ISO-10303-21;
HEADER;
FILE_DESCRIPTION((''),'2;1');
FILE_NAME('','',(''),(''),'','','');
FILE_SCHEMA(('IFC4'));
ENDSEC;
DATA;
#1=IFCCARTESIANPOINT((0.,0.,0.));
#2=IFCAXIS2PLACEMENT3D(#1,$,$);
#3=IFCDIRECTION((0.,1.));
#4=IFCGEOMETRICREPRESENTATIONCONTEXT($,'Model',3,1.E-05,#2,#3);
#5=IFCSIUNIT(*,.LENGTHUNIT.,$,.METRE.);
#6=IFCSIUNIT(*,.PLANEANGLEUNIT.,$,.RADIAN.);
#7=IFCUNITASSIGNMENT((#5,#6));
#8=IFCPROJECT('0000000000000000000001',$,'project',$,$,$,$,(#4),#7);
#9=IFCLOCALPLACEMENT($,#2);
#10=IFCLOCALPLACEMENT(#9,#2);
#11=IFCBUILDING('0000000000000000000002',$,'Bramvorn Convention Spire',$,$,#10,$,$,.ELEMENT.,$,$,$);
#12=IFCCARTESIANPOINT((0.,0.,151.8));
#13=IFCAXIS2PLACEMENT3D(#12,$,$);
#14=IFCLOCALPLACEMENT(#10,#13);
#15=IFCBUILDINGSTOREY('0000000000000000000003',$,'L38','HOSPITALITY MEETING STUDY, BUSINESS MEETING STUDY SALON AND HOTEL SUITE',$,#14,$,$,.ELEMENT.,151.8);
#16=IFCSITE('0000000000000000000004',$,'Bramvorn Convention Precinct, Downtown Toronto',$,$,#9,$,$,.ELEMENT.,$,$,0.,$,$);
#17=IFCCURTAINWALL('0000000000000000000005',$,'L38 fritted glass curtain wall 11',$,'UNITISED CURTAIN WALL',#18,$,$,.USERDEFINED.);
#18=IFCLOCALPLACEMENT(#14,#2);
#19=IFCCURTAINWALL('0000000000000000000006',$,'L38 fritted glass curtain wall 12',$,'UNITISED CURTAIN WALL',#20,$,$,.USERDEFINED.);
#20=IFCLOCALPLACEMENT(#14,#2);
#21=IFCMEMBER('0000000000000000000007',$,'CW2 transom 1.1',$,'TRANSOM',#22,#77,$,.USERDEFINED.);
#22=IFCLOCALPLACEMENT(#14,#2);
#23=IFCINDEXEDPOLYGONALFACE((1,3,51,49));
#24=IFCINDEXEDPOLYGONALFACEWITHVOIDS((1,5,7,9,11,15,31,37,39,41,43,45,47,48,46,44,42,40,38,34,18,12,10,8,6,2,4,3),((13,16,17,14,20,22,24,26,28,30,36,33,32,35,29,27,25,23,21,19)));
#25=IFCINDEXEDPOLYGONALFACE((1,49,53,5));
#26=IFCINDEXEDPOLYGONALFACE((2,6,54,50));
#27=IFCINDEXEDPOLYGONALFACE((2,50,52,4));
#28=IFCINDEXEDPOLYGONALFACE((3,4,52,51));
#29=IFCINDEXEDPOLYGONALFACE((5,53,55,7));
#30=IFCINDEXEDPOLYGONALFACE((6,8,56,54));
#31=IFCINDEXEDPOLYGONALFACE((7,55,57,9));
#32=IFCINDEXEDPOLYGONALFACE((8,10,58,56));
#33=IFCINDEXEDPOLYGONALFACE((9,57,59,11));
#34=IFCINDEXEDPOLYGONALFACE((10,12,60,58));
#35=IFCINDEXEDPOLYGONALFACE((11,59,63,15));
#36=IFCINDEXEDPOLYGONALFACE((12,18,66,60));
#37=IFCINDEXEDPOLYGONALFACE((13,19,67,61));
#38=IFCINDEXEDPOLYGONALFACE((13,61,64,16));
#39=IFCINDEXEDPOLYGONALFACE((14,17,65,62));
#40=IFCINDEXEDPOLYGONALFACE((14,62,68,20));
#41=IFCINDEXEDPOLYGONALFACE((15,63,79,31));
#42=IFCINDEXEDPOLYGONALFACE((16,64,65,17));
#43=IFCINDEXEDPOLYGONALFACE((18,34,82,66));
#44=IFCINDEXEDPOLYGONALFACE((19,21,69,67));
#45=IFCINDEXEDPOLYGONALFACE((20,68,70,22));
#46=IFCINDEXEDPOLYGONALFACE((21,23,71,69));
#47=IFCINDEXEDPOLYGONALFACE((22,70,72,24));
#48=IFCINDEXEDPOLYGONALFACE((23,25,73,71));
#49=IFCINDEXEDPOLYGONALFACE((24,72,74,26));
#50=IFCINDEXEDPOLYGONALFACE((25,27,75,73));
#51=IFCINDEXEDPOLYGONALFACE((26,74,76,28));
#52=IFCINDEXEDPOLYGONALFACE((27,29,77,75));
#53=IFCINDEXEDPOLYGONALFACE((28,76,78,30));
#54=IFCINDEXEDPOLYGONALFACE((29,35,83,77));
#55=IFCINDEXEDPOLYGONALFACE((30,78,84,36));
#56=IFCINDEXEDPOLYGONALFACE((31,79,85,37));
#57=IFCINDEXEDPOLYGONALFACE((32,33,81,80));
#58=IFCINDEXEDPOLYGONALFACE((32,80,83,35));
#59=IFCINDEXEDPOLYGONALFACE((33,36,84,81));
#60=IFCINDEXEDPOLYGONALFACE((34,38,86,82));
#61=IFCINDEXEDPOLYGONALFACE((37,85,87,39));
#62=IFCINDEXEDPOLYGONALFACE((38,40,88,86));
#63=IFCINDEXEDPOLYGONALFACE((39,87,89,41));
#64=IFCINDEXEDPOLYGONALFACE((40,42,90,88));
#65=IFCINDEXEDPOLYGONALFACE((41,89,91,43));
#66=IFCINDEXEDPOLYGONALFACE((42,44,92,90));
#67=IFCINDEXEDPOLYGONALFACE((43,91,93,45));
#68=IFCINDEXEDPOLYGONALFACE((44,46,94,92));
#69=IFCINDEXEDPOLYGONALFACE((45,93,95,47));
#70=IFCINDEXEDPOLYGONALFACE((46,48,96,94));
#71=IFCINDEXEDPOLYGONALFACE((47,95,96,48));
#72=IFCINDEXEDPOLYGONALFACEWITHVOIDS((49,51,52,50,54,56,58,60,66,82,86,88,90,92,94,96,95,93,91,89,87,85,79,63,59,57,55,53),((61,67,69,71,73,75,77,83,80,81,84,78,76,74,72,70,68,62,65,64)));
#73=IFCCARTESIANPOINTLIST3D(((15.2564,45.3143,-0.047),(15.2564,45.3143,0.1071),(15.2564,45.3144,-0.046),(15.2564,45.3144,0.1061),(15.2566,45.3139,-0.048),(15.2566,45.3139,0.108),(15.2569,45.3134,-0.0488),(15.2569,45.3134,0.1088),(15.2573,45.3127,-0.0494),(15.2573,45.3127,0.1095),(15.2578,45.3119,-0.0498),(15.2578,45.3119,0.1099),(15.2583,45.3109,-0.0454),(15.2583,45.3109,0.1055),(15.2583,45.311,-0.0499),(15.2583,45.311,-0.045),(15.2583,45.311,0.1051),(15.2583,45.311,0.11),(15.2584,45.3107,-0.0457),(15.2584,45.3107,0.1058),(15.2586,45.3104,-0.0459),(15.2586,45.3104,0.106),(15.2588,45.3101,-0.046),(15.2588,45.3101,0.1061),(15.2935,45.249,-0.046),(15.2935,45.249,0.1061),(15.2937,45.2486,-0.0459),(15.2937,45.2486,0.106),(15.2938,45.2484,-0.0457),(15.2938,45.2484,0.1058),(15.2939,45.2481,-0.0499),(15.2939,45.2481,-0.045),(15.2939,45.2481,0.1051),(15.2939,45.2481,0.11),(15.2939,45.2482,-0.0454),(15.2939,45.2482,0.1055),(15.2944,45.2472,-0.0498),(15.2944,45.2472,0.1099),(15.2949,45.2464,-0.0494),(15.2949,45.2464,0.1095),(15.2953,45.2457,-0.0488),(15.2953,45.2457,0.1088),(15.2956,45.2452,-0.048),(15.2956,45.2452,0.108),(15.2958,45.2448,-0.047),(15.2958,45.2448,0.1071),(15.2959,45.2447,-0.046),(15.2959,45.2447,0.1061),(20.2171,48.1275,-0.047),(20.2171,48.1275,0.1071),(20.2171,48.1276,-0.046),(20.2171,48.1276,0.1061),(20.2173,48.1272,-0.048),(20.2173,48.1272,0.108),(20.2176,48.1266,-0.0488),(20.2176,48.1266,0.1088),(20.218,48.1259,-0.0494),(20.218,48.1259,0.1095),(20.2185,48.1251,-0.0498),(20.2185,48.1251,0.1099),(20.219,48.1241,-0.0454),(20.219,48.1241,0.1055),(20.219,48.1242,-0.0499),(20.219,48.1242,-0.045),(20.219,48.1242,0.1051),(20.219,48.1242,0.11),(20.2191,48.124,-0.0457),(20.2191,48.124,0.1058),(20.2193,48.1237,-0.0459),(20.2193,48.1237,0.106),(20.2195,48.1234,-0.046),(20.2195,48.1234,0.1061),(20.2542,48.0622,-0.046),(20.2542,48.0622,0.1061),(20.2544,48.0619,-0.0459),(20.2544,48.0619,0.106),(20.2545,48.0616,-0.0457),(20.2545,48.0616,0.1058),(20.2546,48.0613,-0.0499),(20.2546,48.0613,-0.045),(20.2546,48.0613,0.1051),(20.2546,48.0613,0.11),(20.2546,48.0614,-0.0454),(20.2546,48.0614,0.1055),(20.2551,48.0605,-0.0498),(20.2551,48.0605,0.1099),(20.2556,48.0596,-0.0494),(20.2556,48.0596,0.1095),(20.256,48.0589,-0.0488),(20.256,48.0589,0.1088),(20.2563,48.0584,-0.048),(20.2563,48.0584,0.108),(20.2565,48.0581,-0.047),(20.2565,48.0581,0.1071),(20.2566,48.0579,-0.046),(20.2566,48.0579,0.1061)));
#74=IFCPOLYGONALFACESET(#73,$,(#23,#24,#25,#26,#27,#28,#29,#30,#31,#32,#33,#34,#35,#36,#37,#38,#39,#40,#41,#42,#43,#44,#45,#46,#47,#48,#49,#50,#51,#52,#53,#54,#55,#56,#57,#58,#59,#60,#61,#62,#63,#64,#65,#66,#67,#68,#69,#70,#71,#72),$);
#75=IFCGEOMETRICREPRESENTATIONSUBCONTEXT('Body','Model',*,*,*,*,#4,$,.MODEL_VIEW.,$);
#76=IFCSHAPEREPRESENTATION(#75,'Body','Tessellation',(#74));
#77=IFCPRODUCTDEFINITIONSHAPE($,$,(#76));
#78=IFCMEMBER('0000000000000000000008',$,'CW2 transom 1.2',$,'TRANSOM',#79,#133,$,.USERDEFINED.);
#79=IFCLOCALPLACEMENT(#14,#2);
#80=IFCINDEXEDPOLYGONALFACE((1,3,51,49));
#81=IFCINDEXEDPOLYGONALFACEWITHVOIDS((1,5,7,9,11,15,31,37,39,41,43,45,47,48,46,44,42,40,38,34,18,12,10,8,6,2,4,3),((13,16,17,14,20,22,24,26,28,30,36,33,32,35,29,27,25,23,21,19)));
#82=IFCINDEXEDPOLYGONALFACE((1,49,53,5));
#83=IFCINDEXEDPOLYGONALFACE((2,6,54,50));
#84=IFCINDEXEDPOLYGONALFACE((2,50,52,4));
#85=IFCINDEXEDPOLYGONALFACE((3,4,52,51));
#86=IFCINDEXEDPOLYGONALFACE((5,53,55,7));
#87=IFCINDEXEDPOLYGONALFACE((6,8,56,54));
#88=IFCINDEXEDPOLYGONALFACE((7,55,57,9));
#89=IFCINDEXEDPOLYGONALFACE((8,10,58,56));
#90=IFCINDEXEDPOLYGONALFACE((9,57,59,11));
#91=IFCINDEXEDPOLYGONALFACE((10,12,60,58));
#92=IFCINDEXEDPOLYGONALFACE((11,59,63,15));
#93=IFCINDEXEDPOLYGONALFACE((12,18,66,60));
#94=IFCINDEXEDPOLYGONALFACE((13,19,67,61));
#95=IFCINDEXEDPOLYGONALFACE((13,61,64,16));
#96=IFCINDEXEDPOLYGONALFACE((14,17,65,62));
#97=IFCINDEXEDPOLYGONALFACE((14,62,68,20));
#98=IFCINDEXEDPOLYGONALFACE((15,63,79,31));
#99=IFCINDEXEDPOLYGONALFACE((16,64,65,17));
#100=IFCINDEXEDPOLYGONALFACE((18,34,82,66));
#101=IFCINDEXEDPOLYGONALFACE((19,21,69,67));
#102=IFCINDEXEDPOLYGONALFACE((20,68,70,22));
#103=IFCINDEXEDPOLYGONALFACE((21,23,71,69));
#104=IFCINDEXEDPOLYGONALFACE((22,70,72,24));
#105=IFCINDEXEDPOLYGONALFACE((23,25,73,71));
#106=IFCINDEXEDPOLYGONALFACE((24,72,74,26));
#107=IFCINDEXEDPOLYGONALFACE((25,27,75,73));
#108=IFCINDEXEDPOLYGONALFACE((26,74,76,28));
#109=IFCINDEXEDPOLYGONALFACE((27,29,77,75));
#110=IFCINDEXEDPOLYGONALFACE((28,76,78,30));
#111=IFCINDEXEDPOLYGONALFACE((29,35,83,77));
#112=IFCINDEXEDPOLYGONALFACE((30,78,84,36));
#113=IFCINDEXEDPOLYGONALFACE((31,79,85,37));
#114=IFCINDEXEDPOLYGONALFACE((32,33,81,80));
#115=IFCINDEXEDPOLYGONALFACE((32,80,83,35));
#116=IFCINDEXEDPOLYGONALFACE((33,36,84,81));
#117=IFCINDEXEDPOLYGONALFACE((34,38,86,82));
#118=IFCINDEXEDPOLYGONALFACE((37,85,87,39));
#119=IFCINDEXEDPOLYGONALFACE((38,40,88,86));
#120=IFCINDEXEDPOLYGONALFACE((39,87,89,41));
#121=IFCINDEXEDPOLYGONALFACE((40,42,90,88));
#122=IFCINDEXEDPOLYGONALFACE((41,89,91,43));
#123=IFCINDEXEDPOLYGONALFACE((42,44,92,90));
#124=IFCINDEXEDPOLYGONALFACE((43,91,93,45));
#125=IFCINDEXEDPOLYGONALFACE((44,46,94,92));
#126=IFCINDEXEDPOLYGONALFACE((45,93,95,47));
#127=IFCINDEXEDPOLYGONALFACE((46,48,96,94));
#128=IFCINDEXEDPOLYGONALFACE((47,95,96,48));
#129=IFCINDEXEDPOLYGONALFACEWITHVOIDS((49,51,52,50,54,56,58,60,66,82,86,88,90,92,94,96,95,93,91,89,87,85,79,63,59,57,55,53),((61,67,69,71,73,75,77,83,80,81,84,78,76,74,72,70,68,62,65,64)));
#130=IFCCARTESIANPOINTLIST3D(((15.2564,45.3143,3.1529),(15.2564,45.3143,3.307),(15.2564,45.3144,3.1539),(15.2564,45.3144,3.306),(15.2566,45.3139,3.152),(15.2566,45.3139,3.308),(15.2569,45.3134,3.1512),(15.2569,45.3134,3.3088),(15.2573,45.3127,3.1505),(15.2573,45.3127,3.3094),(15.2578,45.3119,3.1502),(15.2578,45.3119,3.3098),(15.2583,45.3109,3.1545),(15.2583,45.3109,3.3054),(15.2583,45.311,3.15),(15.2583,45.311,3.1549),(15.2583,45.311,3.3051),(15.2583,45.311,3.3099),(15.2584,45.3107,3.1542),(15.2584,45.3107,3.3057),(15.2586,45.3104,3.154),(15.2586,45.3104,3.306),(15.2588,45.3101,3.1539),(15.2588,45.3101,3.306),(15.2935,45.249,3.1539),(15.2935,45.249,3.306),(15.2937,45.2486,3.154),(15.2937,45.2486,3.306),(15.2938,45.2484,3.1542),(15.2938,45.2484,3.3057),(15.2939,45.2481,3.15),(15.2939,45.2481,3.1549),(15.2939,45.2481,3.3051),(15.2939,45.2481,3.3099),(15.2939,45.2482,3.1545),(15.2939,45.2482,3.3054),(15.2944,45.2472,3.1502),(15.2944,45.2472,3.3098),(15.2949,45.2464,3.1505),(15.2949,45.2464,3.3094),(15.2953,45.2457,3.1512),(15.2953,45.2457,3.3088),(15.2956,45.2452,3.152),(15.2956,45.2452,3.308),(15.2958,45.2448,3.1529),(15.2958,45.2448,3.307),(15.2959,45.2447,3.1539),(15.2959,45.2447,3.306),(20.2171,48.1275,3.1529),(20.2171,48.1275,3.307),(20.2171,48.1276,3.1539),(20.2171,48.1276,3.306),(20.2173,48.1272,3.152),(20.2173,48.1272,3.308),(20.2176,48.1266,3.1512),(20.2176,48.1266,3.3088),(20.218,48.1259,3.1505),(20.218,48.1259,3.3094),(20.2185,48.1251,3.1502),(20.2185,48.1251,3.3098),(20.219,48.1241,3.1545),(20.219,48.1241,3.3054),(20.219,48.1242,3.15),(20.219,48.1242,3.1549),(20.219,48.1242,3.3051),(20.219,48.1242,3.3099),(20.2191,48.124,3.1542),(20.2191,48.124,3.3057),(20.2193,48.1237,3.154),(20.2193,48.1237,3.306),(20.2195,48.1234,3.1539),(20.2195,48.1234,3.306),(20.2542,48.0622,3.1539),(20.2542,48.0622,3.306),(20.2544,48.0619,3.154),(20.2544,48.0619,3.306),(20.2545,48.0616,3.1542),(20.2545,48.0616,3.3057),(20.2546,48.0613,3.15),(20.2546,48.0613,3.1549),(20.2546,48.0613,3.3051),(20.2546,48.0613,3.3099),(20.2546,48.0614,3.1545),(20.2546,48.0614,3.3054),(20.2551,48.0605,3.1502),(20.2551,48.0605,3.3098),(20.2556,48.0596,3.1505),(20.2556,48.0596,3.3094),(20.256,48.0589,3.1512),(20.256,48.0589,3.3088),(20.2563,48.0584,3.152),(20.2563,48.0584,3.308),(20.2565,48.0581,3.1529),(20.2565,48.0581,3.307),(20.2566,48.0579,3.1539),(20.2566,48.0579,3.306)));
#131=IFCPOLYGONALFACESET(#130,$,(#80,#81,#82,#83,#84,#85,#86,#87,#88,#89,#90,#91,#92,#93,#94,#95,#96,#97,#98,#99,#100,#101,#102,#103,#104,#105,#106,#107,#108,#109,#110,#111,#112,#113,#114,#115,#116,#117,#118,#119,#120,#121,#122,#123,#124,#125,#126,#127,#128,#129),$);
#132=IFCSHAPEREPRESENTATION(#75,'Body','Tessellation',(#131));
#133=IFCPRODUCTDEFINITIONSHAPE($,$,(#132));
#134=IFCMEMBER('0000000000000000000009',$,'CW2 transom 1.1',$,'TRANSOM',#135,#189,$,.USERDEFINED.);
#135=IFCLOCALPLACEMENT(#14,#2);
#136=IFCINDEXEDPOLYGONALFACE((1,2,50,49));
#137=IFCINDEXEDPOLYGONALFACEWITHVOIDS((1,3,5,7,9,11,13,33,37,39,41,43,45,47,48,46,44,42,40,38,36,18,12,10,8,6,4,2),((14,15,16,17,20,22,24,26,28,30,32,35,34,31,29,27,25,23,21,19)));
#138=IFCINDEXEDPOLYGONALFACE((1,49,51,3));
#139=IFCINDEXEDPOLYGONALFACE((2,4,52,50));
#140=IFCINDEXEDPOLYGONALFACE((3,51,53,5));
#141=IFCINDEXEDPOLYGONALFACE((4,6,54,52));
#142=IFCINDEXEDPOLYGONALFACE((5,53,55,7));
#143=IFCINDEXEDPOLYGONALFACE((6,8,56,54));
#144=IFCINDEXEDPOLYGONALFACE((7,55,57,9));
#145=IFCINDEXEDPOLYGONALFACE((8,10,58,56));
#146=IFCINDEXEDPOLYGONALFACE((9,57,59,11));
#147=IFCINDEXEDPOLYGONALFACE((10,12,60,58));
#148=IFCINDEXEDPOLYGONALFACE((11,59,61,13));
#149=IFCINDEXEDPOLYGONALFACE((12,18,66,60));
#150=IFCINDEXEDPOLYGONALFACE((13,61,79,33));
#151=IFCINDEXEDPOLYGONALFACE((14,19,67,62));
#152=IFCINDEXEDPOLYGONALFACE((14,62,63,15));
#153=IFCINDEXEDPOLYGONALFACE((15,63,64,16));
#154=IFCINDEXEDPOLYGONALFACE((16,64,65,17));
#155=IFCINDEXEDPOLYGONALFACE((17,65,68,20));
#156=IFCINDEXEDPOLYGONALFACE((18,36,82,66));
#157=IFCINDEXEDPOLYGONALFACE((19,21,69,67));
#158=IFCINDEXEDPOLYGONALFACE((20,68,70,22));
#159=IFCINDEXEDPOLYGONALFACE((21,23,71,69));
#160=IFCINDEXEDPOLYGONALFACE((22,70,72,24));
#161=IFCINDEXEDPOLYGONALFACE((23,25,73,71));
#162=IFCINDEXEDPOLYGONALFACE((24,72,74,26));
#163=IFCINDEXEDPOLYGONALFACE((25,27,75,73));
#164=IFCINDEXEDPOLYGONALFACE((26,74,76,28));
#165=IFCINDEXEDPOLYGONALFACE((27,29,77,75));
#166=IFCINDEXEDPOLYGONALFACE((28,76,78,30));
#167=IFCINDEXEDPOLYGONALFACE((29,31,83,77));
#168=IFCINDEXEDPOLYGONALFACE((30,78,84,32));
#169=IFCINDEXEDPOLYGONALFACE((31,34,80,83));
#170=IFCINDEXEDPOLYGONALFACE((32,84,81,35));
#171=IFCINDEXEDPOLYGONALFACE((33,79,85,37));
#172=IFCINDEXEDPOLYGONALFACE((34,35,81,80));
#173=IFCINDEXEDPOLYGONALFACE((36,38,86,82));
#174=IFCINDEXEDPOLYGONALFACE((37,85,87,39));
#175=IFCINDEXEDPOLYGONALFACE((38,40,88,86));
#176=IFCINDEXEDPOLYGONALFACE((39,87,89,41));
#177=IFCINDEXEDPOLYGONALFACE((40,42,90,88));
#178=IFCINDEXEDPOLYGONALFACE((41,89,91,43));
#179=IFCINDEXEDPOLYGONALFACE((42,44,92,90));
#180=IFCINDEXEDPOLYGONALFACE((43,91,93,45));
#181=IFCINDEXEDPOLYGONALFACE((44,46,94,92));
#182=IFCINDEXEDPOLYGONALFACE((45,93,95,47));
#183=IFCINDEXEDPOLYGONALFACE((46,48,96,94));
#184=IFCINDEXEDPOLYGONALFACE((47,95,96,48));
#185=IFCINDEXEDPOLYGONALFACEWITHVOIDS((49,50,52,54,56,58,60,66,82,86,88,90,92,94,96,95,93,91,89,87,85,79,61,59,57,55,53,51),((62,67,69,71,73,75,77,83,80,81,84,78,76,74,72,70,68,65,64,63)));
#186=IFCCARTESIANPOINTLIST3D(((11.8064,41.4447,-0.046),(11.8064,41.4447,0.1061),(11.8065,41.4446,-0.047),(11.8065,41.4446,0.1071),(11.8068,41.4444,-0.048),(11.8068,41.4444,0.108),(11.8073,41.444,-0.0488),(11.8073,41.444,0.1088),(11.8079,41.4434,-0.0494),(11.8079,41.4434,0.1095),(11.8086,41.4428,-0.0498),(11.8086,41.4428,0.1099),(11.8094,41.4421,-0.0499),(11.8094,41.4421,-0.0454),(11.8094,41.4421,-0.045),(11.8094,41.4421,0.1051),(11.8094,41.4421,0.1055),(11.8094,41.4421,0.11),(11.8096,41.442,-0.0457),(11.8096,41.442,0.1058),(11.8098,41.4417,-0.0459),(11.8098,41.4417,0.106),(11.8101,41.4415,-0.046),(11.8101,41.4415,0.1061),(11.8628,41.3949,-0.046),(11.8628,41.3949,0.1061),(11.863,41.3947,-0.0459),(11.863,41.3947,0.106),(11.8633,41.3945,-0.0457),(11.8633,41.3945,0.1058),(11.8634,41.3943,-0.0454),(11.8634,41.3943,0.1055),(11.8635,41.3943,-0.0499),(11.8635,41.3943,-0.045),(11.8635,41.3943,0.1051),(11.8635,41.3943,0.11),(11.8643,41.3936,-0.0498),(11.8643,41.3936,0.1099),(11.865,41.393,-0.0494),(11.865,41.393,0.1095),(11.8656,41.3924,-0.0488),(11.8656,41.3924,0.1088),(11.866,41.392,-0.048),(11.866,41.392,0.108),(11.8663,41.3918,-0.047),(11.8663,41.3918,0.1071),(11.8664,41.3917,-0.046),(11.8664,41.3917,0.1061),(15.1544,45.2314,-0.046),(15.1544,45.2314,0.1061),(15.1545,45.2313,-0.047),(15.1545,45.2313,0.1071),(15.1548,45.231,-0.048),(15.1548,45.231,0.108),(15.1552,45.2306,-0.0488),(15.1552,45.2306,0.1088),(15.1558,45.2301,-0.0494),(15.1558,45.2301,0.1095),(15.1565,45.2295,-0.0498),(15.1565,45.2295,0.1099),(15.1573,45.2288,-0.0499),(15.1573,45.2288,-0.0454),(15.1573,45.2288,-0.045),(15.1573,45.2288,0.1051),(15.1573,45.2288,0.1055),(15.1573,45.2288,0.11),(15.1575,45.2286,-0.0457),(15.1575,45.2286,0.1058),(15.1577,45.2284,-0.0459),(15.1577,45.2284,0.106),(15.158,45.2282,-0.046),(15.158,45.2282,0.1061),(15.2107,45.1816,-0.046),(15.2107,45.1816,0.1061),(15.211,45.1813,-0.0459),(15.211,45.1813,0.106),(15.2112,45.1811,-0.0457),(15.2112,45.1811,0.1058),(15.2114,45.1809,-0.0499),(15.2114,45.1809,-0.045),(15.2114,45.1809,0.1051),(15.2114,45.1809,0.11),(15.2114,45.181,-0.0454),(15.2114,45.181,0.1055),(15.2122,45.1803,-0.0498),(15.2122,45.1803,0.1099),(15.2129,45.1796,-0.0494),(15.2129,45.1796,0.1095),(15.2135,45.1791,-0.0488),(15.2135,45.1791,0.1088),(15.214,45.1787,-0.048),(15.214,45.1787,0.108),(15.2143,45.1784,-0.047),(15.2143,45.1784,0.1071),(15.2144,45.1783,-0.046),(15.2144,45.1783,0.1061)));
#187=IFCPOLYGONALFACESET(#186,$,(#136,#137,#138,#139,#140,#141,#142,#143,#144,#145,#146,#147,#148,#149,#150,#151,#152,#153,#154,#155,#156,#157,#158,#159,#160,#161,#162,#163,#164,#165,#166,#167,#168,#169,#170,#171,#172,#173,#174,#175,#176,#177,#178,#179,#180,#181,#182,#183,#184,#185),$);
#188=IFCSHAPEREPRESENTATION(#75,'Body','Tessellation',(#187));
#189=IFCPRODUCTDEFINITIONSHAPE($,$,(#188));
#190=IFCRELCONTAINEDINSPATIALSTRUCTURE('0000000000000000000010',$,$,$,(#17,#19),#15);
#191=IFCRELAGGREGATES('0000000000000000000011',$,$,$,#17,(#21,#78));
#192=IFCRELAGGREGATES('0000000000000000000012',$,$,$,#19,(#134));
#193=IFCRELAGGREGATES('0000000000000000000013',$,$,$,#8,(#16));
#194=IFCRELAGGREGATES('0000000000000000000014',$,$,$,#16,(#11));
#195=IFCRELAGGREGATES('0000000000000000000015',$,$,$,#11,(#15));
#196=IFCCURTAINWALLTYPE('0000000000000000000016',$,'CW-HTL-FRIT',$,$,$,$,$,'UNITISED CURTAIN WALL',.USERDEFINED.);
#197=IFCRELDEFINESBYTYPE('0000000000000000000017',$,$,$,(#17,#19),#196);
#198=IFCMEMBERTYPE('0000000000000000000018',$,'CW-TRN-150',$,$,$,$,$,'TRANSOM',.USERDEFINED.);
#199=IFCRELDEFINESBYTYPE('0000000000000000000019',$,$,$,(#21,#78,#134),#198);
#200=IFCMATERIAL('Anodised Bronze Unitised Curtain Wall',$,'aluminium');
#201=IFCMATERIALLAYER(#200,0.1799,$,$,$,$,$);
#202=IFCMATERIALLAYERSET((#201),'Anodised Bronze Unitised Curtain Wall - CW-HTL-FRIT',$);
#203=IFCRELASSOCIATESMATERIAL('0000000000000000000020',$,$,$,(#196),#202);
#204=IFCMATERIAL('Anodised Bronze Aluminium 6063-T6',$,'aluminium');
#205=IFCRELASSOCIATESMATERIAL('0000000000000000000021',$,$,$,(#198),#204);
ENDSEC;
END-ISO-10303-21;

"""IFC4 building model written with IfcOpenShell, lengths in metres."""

from ifc_helpers import new_model, si_unit, direction, frame, origin, origin_2d, place, context, subcontext, project, spatial, hollow_rectangle, extrude, material, layer, layer_set, material_profile, profile_set, type_object, element, aggregate, save


model = new_model("IFC4")

# Units and contexts
model_context = context("Model", 3, precision=1e-05, world=origin(), true_north=direction((0.0, 1.0)))
body_context = subcontext(model_context, "Body", "Model", "MODEL_VIEW")
ifc_project = project(units=[si_unit("LENGTHUNIT", "METRE"), si_unit("PLANEANGLEUNIT", "RADIAN")], contexts=[model_context])

# Site, building, storey
site_placement = place(None, origin())
site = spatial("IfcSite", under=ifc_project, at=site_placement, Name="Bramvorn Convention Precinct, Downtown Toronto", CompositionType="ELEMENT", RefElevation=0.0)
building_placement = place(site_placement, origin())
building = spatial("IfcBuilding", under=site, at=building_placement, Name="Bramvorn Convention Spire", CompositionType="ELEMENT")
storey_placement = place(building_placement, frame((0.0, 0.0, 151.8)))
storey = spatial("IfcBuildingStorey", under=building, at=storey_placement, Name="L38", Description="HOSPITALITY MEETING STUDY, BUSINESS MEETING STUDY SALON AND HOTEL SUITE", CompositionType="ELEMENT", Elevation=151.8)

# Curtain wall
ifc_material_1 = material(Name="Anodised Bronze Unitised Curtain Wall", Category="aluminium")
ifc_layer_1 = layer(ifc_material_1, 0.1799)
ifc_layer_set_1 = layer_set([ifc_layer_1], Name="Anodised Bronze Unitised Curtain Wall - CW-HTL-FRIT")
curtain_wall_type = type_object("IfcCurtainWallType", Name="CW-HTL-FRIT", ElementType="UNITISED CURTAIN WALL", PredefinedType="USERDEFINED", material=ifc_layer_set_1)
curtain_wall_1_placement = place(storey_placement, origin())
curtain_wall_1 = element("IfcCurtainWall", 1, at=curtain_wall_1_placement, inside=storey, type_object=curtain_wall_type, Name="L38 fritted glass curtain wall 11", ObjectType="UNITISED CURTAIN WALL", PredefinedType="USERDEFINED")
ifc_material_2 = material(Name="Anodised Bronze Aluminium 6063-T6", Category="aluminium")

# Curtain wall
curtain_wall_2_placement = place(storey_placement, origin())
curtain_wall_2 = element("IfcCurtainWall", 2, at=curtain_wall_2_placement, inside=storey, type_object=curtain_wall_type, Name="L38 fritted glass curtain wall 12", ObjectType="UNITISED CURTAIN WALL", PredefinedType="USERDEFINED")

# Members
ifc_material_profile_1 = material_profile(ifc_material_2, hollow_rectangle(XDim=0.0801, YDim=0.1599, WallThickness=0.0039, InnerFilletRadius=0.001, OuterFilletRadius=0.0039, at=origin_2d()))
ifc_profile_set_1 = profile_set([ifc_material_profile_1], Name="Anodised Bronze Aluminium 6063-T6 - CWT80X160")
member_type_1 = type_object("IfcMemberType", Name="CW-TRN-150", ElementType="TRANSOM", PredefinedType="USERDEFINED", material=ifc_profile_set_1)
member_1_placement = place(storey_placement, frame((15.2761, 45.2795, 0.03), z_axis=(0.869859, 0.493301, 0.0), x_axis=(-0.493301, 0.869859, 0.0)))
member_1 = element("IfcMember", 3, at=member_1_placement, type_object=member_type_1, Name="CW2 transom 1.1", ObjectType="TRANSOM", PredefinedType="USERDEFINED", context=body_context, shape_type="SweptSolid", body=[
    extrude(hollow_rectangle(XDim=0.0801, YDim=0.1599, WallThickness=0.0039, InnerFilletRadius=0.001, OuterFilletRadius=0.0039, at=origin_2d()), origin(), (0.0, 0.0, 1.0), 5.7029),
])
member_2_placement = place(storey_placement, frame((15.2761, 45.2795, 3.23), z_axis=(0.869859, 0.493301, 0.0), x_axis=(-0.493301, 0.869859, 0.0)))
member_2 = element("IfcMember", 4, at=member_2_placement, type_object=member_type_1, Name="CW2 transom 1.2", ObjectType="TRANSOM", PredefinedType="USERDEFINED", context=body_context, shape_type="SweptSolid", body=[
    extrude(hollow_rectangle(XDim=0.0801, YDim=0.1599, WallThickness=0.0039, InnerFilletRadius=0.001, OuterFilletRadius=0.0039, at=origin_2d()), origin(), (0.0, 0.0, 1.0), 5.7029),
])
member_3_placement = place(storey_placement, frame((11.8364, 41.4182, 0.03), z_axis=(0.662374, 0.749174, 0.0), x_axis=(-0.749174, 0.662374, 0.0)))
member_3 = element("IfcMember", 5, at=member_3_placement, type_object=member_type_1, Name="CW2 transom 1.1", ObjectType="TRANSOM", PredefinedType="USERDEFINED", context=body_context, shape_type="SweptSolid", body=[
    extrude(hollow_rectangle(XDim=0.0801, YDim=0.1599, WallThickness=0.0039, InnerFilletRadius=0.001, OuterFilletRadius=0.0039, at=origin_2d()), origin(), (0.0, 0.0, 1.0), 5.0544),
])

aggregate(curtain_wall_1, [member_1, member_2])
aggregate(curtain_wall_2, [member_3])

save(model, "model.ifc")
